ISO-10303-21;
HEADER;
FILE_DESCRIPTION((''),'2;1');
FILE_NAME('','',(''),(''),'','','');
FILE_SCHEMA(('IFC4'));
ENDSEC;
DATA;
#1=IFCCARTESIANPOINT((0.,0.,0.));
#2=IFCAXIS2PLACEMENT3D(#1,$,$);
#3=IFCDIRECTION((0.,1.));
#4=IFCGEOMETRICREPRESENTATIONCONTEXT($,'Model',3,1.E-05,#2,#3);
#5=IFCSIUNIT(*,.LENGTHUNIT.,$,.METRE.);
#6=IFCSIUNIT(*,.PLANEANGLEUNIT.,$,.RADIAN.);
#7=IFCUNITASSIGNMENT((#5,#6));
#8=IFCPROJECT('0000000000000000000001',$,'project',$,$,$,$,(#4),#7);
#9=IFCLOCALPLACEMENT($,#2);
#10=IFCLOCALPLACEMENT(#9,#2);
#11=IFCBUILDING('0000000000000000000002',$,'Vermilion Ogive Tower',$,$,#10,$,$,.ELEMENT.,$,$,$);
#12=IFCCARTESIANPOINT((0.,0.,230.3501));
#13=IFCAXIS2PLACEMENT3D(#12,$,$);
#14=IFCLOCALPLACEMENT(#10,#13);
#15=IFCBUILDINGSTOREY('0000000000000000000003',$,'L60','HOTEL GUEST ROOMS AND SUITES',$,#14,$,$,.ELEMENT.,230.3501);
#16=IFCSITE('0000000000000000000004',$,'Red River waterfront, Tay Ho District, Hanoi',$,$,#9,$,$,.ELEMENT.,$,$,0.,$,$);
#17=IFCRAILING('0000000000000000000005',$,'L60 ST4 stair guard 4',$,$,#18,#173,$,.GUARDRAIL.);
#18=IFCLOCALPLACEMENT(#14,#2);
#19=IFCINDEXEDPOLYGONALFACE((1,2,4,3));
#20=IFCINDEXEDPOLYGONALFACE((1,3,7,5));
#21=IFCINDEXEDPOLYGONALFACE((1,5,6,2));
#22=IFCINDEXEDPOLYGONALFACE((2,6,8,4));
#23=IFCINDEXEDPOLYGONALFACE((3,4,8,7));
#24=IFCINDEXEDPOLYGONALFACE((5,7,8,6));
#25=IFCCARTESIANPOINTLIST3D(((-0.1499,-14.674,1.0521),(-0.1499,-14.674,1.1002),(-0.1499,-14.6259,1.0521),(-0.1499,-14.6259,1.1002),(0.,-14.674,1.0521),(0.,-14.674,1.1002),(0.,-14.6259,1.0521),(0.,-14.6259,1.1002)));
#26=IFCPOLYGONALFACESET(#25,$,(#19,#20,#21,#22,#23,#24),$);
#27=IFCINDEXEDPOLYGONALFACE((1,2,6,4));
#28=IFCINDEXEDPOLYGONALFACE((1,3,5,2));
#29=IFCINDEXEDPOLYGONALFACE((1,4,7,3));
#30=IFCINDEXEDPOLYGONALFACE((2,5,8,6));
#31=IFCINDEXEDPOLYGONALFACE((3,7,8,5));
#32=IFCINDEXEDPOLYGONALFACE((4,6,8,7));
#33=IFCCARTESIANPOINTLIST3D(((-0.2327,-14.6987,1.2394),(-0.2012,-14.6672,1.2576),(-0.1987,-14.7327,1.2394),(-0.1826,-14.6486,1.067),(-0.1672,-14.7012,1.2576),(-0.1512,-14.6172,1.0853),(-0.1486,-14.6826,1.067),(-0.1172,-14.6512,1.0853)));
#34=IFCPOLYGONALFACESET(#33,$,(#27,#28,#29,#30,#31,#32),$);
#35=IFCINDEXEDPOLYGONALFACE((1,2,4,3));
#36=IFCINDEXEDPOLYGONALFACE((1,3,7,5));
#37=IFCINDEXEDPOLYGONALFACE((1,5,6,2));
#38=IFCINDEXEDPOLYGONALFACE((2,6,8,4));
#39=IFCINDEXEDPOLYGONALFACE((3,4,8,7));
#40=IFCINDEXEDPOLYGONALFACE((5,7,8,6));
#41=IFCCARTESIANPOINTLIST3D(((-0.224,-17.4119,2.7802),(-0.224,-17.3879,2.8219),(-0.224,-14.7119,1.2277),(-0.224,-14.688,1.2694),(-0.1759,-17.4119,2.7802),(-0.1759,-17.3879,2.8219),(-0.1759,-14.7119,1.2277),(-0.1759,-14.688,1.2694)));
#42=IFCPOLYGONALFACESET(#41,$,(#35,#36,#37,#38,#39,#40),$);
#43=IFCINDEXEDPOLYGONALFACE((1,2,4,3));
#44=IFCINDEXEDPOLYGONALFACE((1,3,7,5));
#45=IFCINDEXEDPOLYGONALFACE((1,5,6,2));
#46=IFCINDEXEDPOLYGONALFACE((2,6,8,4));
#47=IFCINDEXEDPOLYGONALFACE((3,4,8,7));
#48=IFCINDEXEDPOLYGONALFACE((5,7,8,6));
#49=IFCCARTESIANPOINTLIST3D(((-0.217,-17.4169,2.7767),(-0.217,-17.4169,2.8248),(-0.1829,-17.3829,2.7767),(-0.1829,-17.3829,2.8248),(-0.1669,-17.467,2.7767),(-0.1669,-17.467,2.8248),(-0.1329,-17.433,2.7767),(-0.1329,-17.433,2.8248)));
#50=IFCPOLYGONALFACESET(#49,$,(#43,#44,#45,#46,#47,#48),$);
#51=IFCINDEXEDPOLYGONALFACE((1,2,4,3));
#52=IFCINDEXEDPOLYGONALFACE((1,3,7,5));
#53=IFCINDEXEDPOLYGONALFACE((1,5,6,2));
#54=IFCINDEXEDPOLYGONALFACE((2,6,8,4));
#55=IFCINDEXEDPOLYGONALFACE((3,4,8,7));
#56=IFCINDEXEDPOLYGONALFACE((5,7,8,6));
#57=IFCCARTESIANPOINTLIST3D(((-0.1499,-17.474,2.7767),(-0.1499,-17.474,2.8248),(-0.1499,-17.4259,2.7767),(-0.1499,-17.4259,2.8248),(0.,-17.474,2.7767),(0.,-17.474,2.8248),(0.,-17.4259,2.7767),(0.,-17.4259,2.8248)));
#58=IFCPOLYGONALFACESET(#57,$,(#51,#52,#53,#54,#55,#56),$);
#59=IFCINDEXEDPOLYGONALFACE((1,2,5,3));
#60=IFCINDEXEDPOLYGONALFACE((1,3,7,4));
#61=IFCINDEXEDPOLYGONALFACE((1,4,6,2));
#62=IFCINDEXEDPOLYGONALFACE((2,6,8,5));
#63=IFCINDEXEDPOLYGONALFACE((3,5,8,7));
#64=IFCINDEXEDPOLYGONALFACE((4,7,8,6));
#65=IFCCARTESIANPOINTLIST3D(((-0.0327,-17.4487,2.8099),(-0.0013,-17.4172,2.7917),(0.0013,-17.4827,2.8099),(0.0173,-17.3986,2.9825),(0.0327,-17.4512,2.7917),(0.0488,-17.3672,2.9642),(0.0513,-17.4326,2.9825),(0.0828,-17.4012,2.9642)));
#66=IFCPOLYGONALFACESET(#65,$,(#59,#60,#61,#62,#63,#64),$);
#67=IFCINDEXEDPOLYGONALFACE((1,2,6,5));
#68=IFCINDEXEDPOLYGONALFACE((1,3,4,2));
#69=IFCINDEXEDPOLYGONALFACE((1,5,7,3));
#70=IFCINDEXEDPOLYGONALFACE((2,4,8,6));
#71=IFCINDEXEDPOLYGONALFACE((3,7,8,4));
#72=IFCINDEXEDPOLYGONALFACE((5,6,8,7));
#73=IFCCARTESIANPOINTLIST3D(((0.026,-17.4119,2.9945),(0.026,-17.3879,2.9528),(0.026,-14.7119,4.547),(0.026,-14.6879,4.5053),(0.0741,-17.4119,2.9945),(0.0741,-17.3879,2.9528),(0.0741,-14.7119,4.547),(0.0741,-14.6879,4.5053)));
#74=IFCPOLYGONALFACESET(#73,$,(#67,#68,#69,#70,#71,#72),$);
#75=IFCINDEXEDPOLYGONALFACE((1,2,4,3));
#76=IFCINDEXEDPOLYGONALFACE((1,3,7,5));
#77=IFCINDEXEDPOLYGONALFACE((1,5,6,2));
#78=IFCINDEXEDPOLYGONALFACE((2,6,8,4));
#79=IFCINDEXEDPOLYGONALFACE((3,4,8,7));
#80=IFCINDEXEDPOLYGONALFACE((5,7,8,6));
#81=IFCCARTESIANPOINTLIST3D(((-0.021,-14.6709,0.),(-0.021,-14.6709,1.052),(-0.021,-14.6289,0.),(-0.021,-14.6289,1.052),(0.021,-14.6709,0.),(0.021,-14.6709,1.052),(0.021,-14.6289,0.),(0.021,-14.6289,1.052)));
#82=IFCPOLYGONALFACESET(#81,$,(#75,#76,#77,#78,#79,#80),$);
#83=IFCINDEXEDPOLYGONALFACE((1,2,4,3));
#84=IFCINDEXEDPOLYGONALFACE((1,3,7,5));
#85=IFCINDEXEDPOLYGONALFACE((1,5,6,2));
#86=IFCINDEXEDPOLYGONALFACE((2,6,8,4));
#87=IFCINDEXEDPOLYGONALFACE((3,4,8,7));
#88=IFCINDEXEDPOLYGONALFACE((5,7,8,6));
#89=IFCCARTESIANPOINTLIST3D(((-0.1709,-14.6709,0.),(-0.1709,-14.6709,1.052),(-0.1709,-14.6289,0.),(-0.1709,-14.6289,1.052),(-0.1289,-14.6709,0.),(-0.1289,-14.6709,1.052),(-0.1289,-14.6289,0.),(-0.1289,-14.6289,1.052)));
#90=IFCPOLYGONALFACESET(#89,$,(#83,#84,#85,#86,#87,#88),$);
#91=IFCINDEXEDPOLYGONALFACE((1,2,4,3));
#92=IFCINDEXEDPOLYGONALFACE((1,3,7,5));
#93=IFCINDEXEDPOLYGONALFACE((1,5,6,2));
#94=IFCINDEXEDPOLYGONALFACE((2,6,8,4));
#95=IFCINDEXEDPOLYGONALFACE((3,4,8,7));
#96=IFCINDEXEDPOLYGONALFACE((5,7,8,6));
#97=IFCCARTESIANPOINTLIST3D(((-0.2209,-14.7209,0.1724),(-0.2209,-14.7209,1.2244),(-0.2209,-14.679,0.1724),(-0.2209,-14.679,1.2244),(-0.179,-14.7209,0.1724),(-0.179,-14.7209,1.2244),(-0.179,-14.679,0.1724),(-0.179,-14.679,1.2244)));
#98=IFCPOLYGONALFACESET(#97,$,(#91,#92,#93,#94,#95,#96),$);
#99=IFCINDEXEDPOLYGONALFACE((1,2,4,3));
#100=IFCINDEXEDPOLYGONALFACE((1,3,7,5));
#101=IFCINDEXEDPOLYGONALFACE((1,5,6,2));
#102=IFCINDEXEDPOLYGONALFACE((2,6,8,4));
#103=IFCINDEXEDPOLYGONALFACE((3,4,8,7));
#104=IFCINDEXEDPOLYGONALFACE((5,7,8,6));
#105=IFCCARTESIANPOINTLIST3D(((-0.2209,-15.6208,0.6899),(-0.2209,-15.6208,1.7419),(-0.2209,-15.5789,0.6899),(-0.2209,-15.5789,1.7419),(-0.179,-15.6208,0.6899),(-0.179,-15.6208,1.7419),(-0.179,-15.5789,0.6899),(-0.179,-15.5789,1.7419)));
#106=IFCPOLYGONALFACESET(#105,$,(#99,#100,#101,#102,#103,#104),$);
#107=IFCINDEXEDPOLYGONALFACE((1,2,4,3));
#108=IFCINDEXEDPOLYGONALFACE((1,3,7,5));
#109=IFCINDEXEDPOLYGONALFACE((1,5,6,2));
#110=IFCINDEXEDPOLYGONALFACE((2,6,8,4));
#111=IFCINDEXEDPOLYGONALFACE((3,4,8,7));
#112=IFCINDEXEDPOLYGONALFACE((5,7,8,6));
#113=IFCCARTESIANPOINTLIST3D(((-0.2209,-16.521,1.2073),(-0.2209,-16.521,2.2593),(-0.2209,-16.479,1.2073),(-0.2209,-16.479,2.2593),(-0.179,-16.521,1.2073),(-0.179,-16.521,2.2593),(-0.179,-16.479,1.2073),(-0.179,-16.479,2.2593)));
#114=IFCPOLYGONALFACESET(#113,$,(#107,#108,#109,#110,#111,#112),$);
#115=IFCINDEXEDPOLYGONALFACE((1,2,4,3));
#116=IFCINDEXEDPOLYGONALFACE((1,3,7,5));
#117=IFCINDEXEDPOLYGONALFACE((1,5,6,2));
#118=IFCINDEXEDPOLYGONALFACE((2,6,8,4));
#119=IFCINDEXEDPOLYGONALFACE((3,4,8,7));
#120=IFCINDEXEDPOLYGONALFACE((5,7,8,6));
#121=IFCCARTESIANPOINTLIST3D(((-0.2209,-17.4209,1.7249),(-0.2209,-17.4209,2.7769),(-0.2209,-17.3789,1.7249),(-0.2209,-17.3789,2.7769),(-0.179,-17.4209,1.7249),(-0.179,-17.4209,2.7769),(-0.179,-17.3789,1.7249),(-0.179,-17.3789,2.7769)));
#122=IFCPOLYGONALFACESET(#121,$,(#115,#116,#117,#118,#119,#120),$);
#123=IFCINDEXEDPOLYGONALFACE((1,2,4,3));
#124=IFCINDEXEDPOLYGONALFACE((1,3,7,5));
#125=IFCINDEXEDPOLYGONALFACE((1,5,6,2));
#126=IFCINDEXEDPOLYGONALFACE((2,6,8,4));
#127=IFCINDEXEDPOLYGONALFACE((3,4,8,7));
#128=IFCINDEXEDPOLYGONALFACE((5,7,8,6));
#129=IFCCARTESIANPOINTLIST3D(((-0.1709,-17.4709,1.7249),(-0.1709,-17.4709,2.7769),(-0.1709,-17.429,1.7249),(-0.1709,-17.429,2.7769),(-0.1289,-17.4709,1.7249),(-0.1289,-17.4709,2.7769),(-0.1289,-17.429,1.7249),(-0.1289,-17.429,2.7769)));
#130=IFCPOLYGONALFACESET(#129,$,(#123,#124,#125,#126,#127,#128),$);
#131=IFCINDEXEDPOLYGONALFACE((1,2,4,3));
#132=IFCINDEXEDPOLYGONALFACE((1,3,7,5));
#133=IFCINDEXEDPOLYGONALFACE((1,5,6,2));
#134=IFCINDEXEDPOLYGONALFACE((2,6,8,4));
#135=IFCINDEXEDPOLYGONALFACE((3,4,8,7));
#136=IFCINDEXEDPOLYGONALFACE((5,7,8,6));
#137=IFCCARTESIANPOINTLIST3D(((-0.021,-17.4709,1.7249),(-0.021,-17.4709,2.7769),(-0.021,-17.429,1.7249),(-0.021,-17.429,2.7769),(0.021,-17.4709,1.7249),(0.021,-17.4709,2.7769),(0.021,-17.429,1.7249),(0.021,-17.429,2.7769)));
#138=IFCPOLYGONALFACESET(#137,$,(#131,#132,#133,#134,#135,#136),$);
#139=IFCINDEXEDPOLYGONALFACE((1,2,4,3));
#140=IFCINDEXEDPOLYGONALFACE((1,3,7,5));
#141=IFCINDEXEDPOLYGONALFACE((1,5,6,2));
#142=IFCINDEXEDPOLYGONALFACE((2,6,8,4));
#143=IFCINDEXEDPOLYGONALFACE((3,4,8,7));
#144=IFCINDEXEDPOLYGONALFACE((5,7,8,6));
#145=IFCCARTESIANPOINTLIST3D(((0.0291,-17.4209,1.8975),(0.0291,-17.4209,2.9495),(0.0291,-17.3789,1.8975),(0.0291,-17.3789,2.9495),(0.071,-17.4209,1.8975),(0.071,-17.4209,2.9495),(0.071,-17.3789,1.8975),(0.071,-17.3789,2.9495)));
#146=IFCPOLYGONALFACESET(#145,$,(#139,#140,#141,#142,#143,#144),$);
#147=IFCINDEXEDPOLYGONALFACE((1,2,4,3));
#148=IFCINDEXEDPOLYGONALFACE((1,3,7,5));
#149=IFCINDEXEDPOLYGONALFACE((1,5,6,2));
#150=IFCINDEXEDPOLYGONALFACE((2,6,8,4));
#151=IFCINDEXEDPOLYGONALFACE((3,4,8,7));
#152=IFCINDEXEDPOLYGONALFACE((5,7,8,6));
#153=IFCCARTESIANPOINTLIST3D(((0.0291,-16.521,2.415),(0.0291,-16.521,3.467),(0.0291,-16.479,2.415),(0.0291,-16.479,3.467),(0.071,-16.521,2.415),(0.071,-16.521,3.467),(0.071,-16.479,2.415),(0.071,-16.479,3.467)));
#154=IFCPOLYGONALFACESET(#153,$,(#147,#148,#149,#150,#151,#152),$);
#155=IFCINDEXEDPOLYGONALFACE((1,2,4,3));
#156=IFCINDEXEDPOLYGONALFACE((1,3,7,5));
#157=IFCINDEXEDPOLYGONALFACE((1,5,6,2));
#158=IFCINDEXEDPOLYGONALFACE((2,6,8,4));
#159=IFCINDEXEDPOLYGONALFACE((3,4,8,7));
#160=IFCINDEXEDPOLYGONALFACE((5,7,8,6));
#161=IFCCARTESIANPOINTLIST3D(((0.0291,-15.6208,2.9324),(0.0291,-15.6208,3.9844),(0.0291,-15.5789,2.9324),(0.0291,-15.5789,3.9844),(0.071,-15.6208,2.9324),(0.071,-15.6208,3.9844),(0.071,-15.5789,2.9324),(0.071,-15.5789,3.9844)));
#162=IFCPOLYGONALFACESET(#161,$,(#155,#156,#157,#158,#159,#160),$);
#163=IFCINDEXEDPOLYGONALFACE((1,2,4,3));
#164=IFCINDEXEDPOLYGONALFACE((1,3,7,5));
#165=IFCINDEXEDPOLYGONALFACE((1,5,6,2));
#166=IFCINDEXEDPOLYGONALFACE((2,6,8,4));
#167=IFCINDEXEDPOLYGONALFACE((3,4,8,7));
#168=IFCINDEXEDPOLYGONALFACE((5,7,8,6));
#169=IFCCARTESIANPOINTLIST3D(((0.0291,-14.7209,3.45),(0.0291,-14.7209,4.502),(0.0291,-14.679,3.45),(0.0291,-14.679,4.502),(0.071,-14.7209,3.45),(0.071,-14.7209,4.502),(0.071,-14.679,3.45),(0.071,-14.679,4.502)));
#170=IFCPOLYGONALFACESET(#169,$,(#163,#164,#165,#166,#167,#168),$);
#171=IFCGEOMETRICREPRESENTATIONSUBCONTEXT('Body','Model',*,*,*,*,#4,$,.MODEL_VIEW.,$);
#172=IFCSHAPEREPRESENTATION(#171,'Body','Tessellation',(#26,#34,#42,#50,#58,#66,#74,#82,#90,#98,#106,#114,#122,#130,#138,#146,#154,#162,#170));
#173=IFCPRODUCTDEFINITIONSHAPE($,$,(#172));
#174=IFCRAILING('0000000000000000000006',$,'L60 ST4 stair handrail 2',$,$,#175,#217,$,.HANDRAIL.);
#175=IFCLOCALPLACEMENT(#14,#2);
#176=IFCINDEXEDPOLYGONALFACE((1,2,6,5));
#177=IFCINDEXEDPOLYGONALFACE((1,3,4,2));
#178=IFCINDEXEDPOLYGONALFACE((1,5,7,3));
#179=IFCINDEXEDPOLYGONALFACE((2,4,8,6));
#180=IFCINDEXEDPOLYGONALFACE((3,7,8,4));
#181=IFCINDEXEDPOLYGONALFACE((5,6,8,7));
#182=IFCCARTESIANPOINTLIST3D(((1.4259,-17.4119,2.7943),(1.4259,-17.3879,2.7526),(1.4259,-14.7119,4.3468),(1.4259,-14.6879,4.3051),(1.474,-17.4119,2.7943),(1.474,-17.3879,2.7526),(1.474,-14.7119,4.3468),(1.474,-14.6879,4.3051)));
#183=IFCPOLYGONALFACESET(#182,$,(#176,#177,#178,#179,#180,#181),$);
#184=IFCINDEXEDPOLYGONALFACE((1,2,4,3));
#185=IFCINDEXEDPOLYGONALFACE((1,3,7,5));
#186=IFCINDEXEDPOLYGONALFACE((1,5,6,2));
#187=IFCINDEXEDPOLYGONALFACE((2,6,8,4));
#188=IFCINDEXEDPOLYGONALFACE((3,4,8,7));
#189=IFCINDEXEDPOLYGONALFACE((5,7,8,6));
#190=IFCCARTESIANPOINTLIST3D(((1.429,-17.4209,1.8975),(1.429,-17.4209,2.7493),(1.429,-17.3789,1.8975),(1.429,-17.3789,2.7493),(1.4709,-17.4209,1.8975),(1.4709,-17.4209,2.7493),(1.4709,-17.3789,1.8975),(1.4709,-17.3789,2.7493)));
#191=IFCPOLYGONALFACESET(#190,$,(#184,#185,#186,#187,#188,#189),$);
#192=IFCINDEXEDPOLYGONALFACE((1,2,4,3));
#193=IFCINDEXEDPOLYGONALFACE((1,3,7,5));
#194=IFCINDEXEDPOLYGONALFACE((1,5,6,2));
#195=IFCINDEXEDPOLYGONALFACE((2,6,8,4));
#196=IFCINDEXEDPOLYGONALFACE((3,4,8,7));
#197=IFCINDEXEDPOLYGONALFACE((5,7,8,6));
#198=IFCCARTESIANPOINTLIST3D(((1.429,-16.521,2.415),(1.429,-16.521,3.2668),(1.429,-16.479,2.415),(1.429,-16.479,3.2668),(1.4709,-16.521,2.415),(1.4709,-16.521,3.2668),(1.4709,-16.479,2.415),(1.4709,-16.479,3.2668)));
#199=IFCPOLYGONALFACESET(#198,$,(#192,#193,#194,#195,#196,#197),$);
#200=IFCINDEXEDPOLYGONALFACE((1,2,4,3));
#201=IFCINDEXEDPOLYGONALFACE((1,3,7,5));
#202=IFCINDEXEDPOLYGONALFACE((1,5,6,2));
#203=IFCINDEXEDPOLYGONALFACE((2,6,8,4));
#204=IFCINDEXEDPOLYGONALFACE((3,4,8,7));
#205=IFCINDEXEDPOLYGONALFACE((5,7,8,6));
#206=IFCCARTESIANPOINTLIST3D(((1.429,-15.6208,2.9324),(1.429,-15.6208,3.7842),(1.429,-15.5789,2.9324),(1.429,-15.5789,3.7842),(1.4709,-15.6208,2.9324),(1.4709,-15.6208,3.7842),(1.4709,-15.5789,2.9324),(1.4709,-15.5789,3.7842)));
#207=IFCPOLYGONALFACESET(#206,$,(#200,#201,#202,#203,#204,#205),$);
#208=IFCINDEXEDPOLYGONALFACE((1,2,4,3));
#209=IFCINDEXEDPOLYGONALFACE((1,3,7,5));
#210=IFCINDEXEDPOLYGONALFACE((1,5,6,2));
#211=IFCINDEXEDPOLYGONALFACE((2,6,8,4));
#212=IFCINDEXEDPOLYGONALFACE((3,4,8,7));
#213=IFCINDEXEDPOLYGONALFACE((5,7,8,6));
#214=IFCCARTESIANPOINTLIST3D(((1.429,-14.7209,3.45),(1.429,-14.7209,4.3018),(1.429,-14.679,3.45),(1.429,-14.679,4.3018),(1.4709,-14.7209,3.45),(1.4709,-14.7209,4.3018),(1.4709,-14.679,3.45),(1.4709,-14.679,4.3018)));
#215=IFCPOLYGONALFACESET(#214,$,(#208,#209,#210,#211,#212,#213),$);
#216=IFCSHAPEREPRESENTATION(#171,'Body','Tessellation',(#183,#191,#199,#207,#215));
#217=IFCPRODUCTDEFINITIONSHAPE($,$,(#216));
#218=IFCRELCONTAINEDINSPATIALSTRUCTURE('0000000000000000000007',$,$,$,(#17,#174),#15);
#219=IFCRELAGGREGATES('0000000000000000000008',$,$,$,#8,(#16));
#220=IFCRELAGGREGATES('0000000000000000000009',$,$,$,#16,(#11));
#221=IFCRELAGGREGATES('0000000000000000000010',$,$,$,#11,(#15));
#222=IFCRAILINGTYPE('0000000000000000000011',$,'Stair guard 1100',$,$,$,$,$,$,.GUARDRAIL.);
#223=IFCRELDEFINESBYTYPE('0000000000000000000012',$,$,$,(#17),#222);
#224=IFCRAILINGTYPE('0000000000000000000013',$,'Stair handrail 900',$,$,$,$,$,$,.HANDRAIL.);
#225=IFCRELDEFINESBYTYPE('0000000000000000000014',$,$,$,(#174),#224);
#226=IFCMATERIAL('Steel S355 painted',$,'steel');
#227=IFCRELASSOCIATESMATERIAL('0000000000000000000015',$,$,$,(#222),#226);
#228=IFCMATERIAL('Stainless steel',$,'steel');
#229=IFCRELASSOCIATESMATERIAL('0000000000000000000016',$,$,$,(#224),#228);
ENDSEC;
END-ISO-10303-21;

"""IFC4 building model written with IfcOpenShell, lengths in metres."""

from ifc_helpers import new_model, si_unit, direction, frame, origin, origin_2d, place, context, subcontext, project, spatial, rectangle, extrude, material, type_object, element, save


model = new_model("IFC4")

# Units and contexts
model_context = context("Model", 3, precision=1e-05, world=origin(), true_north=direction((0.0, 1.0)))
body_context = subcontext(model_context, "Body", "Model", "MODEL_VIEW")
ifc_project = project(units=[si_unit("LENGTHUNIT", "METRE"), si_unit("PLANEANGLEUNIT", "RADIAN")], contexts=[model_context])

# Site, building, storey
site_placement = place(None, origin())
site = spatial("IfcSite", under=ifc_project, at=site_placement, Name="Red River waterfront, Tay Ho District, Hanoi", CompositionType="ELEMENT", RefElevation=0.0)
building_placement = place(site_placement, origin())
building = spatial("IfcBuilding", under=site, at=building_placement, Name="Vermilion Ogive Tower", CompositionType="ELEMENT")
storey_placement = place(building_placement, frame((0.0, 0.0, 230.3501)))
storey = spatial("IfcBuildingStorey", under=building, at=storey_placement, Name="L60", Description="HOTEL GUEST ROOMS AND SUITES", CompositionType="ELEMENT", Elevation=230.3501)

# Railings
ifc_material_1 = material(Name="Steel S355 painted", Category="steel")
railing_type_1 = type_object("IfcRailingType", Name="Stair guard 1100", PredefinedType="GUARDRAIL", material=ifc_material_1)
railing_1_placement = place(storey_placement, frame((0.0, -14.6499, 0.0)))
element("IfcRailing", 1, at=railing_1_placement, inside=storey, type_object=railing_type_1, Name="L60 ST4 stair guard 4", PredefinedType="GUARDRAIL", context=body_context, shape_type="SweptSolid", body=[
    extrude(rectangle(XDim=0.0481, YDim=0.0481, at=origin_2d()), frame((0.0, 0.0, 1.0762), z_axis=(-1.0, 0.0, 0.0), x_axis=(0.0, -1.0, 0.0)), (0.0, 0.0, 1.0), 0.1499),
    extrude(rectangle(XDim=0.0481, YDim=0.0481, at=origin_2d()), frame((-0.1499, 0.0, 1.0762), z_axis=(-0.268603, -0.268603, 0.925043), x_axis=(0.707107, -0.707107, 0.0)), (0.0, 0.0, 1.0), 0.1863),
    extrude(rectangle(XDim=0.0481, YDim=0.0481, at=origin_2d()), frame((-0.2, -0.05, 1.2485), z_axis=(0.0, -0.866904, 0.498476), x_axis=(1.0, 0.0, 0.0)), (0.0, 0.0, 1.0), 3.1145),
    extrude(rectangle(XDim=0.0481, YDim=0.0481, at=origin_2d()), frame((-0.2, -2.75, 2.8008), z_axis=(0.707107, -0.707107, 0.0), x_axis=(0.707107, 0.707107, 0.0)), (0.0, 0.0, 1.0), 0.0708),
    extrude(rectangle(XDim=0.0481, YDim=0.0481, at=origin_2d()), frame((-0.1499, -2.8, 2.8008), z_axis=(1.0, 0.0, 0.0), x_axis=(0.0, 1.0, 0.0)), (0.0, 0.0, 1.0), 0.1499),
    extrude(rectangle(XDim=0.0481, YDim=0.0481, at=origin_2d()), frame((0.0, -2.8, 2.8008), z_axis=(0.268278, 0.268278, 0.925232), x_axis=(-0.707107, 0.707107, 0.0)), (0.0, 0.0, 1.0), 0.1865),
    extrude(rectangle(XDim=0.0481, YDim=0.0481, at=origin_2d()), frame((0.05, -2.75, 2.9736), z_axis=(0.0, 0.866904, 0.498476), x_axis=(-1.0, 0.0, 0.0)), (0.0, 0.0, 1.0), 3.1145),
    extrude(rectangle(XDim=0.042, YDim=0.042, at=origin_2d()), origin(), (0.0, 0.0, 1.0), 1.052),
    extrude(rectangle(XDim=0.042, YDim=0.042, at=origin_2d()), frame((-0.1499, 0.0, 0.0)), (0.0, 0.0, 1.0), 1.052),
    extrude(rectangle(XDim=0.042, YDim=0.042, at=origin_2d()), frame((-0.2, -0.05, 0.1724)), (0.0, 0.0, 1.0), 1.052),
    extrude(rectangle(XDim=0.042, YDim=0.042, at=origin_2d()), frame((-0.2, -0.95, 0.6899)), (0.0, 0.0, 1.0), 1.052),
    extrude(rectangle(XDim=0.042, YDim=0.042, at=origin_2d()), frame((-0.2, -1.8501, 1.2073)), (0.0, 0.0, 1.0), 1.052),
    extrude(rectangle(XDim=0.042, YDim=0.042, at=origin_2d()), frame((-0.2, -2.75, 1.7249)), (0.0, 0.0, 1.0), 1.052),
    extrude(rectangle(XDim=0.042, YDim=0.042, at=origin_2d()), frame((-0.1499, -2.8, 1.7249)), (0.0, 0.0, 1.0), 1.052),
    extrude(rectangle(XDim=0.042, YDim=0.042, at=origin_2d()), frame((0.0, -2.8, 1.7249)), (0.0, 0.0, 1.0), 1.052),
    extrude(rectangle(XDim=0.042, YDim=0.042, at=origin_2d()), frame((0.05, -2.75, 1.8975)), (0.0, 0.0, 1.0), 1.052),
    extrude(rectangle(XDim=0.042, YDim=0.042, at=origin_2d()), frame((0.05, -1.8501, 2.415)), (0.0, 0.0, 1.0), 1.052),
    extrude(rectangle(XDim=0.042, YDim=0.042, at=origin_2d()), frame((0.05, -0.95, 2.9324)), (0.0, 0.0, 1.0), 1.052),
    extrude(rectangle(XDim=0.042, YDim=0.042, at=origin_2d()), frame((0.05, -0.05, 3.45)), (0.0, 0.0, 1.0), 1.052),
])
ifc_material_2 = material(Name="Stainless steel", Category="steel")
railing_type_2 = type_object("IfcRailingType", Name="Stair handrail 900", PredefinedType="HANDRAIL", material=ifc_material_2)
railing_2_placement = place(storey_placement, frame((1.45, -17.3999, 1.8975)))
element("IfcRailing", 2, at=railing_2_placement, inside=storey, type_object=railing_type_2, Name="L60 ST4 stair handrail 2", PredefinedType="HANDRAIL", context=body_context, shape_type="SweptSolid", body=[
    extrude(rectangle(XDim=0.0481, YDim=0.0481, at=origin_2d()), frame((0.0, 0.0, 0.876), z_axis=(0.0, 0.866904, 0.498476), x_axis=(-1.0, 0.0, 0.0)), (0.0, 0.0, 1.0), 3.1145),
    extrude(rectangle(XDim=0.042, YDim=0.042, at=origin_2d()), origin(), (0.0, 0.0, 1.0), 0.8518),
    extrude(rectangle(XDim=0.042, YDim=0.042, at=origin_2d()), frame((0.0, 0.8999, 0.5176)), (0.0, 0.0, 1.0), 0.8518),
    extrude(rectangle(XDim=0.042, YDim=0.042, at=origin_2d()), frame((0.0, 1.8, 1.0349)), (0.0, 0.0, 1.0), 0.8518),
    extrude(rectangle(XDim=0.042, YDim=0.042, at=origin_2d()), frame((0.0, 2.7, 1.5525)), (0.0, 0.0, 1.0), 0.8518),
])

save(model, "model.ifc")
